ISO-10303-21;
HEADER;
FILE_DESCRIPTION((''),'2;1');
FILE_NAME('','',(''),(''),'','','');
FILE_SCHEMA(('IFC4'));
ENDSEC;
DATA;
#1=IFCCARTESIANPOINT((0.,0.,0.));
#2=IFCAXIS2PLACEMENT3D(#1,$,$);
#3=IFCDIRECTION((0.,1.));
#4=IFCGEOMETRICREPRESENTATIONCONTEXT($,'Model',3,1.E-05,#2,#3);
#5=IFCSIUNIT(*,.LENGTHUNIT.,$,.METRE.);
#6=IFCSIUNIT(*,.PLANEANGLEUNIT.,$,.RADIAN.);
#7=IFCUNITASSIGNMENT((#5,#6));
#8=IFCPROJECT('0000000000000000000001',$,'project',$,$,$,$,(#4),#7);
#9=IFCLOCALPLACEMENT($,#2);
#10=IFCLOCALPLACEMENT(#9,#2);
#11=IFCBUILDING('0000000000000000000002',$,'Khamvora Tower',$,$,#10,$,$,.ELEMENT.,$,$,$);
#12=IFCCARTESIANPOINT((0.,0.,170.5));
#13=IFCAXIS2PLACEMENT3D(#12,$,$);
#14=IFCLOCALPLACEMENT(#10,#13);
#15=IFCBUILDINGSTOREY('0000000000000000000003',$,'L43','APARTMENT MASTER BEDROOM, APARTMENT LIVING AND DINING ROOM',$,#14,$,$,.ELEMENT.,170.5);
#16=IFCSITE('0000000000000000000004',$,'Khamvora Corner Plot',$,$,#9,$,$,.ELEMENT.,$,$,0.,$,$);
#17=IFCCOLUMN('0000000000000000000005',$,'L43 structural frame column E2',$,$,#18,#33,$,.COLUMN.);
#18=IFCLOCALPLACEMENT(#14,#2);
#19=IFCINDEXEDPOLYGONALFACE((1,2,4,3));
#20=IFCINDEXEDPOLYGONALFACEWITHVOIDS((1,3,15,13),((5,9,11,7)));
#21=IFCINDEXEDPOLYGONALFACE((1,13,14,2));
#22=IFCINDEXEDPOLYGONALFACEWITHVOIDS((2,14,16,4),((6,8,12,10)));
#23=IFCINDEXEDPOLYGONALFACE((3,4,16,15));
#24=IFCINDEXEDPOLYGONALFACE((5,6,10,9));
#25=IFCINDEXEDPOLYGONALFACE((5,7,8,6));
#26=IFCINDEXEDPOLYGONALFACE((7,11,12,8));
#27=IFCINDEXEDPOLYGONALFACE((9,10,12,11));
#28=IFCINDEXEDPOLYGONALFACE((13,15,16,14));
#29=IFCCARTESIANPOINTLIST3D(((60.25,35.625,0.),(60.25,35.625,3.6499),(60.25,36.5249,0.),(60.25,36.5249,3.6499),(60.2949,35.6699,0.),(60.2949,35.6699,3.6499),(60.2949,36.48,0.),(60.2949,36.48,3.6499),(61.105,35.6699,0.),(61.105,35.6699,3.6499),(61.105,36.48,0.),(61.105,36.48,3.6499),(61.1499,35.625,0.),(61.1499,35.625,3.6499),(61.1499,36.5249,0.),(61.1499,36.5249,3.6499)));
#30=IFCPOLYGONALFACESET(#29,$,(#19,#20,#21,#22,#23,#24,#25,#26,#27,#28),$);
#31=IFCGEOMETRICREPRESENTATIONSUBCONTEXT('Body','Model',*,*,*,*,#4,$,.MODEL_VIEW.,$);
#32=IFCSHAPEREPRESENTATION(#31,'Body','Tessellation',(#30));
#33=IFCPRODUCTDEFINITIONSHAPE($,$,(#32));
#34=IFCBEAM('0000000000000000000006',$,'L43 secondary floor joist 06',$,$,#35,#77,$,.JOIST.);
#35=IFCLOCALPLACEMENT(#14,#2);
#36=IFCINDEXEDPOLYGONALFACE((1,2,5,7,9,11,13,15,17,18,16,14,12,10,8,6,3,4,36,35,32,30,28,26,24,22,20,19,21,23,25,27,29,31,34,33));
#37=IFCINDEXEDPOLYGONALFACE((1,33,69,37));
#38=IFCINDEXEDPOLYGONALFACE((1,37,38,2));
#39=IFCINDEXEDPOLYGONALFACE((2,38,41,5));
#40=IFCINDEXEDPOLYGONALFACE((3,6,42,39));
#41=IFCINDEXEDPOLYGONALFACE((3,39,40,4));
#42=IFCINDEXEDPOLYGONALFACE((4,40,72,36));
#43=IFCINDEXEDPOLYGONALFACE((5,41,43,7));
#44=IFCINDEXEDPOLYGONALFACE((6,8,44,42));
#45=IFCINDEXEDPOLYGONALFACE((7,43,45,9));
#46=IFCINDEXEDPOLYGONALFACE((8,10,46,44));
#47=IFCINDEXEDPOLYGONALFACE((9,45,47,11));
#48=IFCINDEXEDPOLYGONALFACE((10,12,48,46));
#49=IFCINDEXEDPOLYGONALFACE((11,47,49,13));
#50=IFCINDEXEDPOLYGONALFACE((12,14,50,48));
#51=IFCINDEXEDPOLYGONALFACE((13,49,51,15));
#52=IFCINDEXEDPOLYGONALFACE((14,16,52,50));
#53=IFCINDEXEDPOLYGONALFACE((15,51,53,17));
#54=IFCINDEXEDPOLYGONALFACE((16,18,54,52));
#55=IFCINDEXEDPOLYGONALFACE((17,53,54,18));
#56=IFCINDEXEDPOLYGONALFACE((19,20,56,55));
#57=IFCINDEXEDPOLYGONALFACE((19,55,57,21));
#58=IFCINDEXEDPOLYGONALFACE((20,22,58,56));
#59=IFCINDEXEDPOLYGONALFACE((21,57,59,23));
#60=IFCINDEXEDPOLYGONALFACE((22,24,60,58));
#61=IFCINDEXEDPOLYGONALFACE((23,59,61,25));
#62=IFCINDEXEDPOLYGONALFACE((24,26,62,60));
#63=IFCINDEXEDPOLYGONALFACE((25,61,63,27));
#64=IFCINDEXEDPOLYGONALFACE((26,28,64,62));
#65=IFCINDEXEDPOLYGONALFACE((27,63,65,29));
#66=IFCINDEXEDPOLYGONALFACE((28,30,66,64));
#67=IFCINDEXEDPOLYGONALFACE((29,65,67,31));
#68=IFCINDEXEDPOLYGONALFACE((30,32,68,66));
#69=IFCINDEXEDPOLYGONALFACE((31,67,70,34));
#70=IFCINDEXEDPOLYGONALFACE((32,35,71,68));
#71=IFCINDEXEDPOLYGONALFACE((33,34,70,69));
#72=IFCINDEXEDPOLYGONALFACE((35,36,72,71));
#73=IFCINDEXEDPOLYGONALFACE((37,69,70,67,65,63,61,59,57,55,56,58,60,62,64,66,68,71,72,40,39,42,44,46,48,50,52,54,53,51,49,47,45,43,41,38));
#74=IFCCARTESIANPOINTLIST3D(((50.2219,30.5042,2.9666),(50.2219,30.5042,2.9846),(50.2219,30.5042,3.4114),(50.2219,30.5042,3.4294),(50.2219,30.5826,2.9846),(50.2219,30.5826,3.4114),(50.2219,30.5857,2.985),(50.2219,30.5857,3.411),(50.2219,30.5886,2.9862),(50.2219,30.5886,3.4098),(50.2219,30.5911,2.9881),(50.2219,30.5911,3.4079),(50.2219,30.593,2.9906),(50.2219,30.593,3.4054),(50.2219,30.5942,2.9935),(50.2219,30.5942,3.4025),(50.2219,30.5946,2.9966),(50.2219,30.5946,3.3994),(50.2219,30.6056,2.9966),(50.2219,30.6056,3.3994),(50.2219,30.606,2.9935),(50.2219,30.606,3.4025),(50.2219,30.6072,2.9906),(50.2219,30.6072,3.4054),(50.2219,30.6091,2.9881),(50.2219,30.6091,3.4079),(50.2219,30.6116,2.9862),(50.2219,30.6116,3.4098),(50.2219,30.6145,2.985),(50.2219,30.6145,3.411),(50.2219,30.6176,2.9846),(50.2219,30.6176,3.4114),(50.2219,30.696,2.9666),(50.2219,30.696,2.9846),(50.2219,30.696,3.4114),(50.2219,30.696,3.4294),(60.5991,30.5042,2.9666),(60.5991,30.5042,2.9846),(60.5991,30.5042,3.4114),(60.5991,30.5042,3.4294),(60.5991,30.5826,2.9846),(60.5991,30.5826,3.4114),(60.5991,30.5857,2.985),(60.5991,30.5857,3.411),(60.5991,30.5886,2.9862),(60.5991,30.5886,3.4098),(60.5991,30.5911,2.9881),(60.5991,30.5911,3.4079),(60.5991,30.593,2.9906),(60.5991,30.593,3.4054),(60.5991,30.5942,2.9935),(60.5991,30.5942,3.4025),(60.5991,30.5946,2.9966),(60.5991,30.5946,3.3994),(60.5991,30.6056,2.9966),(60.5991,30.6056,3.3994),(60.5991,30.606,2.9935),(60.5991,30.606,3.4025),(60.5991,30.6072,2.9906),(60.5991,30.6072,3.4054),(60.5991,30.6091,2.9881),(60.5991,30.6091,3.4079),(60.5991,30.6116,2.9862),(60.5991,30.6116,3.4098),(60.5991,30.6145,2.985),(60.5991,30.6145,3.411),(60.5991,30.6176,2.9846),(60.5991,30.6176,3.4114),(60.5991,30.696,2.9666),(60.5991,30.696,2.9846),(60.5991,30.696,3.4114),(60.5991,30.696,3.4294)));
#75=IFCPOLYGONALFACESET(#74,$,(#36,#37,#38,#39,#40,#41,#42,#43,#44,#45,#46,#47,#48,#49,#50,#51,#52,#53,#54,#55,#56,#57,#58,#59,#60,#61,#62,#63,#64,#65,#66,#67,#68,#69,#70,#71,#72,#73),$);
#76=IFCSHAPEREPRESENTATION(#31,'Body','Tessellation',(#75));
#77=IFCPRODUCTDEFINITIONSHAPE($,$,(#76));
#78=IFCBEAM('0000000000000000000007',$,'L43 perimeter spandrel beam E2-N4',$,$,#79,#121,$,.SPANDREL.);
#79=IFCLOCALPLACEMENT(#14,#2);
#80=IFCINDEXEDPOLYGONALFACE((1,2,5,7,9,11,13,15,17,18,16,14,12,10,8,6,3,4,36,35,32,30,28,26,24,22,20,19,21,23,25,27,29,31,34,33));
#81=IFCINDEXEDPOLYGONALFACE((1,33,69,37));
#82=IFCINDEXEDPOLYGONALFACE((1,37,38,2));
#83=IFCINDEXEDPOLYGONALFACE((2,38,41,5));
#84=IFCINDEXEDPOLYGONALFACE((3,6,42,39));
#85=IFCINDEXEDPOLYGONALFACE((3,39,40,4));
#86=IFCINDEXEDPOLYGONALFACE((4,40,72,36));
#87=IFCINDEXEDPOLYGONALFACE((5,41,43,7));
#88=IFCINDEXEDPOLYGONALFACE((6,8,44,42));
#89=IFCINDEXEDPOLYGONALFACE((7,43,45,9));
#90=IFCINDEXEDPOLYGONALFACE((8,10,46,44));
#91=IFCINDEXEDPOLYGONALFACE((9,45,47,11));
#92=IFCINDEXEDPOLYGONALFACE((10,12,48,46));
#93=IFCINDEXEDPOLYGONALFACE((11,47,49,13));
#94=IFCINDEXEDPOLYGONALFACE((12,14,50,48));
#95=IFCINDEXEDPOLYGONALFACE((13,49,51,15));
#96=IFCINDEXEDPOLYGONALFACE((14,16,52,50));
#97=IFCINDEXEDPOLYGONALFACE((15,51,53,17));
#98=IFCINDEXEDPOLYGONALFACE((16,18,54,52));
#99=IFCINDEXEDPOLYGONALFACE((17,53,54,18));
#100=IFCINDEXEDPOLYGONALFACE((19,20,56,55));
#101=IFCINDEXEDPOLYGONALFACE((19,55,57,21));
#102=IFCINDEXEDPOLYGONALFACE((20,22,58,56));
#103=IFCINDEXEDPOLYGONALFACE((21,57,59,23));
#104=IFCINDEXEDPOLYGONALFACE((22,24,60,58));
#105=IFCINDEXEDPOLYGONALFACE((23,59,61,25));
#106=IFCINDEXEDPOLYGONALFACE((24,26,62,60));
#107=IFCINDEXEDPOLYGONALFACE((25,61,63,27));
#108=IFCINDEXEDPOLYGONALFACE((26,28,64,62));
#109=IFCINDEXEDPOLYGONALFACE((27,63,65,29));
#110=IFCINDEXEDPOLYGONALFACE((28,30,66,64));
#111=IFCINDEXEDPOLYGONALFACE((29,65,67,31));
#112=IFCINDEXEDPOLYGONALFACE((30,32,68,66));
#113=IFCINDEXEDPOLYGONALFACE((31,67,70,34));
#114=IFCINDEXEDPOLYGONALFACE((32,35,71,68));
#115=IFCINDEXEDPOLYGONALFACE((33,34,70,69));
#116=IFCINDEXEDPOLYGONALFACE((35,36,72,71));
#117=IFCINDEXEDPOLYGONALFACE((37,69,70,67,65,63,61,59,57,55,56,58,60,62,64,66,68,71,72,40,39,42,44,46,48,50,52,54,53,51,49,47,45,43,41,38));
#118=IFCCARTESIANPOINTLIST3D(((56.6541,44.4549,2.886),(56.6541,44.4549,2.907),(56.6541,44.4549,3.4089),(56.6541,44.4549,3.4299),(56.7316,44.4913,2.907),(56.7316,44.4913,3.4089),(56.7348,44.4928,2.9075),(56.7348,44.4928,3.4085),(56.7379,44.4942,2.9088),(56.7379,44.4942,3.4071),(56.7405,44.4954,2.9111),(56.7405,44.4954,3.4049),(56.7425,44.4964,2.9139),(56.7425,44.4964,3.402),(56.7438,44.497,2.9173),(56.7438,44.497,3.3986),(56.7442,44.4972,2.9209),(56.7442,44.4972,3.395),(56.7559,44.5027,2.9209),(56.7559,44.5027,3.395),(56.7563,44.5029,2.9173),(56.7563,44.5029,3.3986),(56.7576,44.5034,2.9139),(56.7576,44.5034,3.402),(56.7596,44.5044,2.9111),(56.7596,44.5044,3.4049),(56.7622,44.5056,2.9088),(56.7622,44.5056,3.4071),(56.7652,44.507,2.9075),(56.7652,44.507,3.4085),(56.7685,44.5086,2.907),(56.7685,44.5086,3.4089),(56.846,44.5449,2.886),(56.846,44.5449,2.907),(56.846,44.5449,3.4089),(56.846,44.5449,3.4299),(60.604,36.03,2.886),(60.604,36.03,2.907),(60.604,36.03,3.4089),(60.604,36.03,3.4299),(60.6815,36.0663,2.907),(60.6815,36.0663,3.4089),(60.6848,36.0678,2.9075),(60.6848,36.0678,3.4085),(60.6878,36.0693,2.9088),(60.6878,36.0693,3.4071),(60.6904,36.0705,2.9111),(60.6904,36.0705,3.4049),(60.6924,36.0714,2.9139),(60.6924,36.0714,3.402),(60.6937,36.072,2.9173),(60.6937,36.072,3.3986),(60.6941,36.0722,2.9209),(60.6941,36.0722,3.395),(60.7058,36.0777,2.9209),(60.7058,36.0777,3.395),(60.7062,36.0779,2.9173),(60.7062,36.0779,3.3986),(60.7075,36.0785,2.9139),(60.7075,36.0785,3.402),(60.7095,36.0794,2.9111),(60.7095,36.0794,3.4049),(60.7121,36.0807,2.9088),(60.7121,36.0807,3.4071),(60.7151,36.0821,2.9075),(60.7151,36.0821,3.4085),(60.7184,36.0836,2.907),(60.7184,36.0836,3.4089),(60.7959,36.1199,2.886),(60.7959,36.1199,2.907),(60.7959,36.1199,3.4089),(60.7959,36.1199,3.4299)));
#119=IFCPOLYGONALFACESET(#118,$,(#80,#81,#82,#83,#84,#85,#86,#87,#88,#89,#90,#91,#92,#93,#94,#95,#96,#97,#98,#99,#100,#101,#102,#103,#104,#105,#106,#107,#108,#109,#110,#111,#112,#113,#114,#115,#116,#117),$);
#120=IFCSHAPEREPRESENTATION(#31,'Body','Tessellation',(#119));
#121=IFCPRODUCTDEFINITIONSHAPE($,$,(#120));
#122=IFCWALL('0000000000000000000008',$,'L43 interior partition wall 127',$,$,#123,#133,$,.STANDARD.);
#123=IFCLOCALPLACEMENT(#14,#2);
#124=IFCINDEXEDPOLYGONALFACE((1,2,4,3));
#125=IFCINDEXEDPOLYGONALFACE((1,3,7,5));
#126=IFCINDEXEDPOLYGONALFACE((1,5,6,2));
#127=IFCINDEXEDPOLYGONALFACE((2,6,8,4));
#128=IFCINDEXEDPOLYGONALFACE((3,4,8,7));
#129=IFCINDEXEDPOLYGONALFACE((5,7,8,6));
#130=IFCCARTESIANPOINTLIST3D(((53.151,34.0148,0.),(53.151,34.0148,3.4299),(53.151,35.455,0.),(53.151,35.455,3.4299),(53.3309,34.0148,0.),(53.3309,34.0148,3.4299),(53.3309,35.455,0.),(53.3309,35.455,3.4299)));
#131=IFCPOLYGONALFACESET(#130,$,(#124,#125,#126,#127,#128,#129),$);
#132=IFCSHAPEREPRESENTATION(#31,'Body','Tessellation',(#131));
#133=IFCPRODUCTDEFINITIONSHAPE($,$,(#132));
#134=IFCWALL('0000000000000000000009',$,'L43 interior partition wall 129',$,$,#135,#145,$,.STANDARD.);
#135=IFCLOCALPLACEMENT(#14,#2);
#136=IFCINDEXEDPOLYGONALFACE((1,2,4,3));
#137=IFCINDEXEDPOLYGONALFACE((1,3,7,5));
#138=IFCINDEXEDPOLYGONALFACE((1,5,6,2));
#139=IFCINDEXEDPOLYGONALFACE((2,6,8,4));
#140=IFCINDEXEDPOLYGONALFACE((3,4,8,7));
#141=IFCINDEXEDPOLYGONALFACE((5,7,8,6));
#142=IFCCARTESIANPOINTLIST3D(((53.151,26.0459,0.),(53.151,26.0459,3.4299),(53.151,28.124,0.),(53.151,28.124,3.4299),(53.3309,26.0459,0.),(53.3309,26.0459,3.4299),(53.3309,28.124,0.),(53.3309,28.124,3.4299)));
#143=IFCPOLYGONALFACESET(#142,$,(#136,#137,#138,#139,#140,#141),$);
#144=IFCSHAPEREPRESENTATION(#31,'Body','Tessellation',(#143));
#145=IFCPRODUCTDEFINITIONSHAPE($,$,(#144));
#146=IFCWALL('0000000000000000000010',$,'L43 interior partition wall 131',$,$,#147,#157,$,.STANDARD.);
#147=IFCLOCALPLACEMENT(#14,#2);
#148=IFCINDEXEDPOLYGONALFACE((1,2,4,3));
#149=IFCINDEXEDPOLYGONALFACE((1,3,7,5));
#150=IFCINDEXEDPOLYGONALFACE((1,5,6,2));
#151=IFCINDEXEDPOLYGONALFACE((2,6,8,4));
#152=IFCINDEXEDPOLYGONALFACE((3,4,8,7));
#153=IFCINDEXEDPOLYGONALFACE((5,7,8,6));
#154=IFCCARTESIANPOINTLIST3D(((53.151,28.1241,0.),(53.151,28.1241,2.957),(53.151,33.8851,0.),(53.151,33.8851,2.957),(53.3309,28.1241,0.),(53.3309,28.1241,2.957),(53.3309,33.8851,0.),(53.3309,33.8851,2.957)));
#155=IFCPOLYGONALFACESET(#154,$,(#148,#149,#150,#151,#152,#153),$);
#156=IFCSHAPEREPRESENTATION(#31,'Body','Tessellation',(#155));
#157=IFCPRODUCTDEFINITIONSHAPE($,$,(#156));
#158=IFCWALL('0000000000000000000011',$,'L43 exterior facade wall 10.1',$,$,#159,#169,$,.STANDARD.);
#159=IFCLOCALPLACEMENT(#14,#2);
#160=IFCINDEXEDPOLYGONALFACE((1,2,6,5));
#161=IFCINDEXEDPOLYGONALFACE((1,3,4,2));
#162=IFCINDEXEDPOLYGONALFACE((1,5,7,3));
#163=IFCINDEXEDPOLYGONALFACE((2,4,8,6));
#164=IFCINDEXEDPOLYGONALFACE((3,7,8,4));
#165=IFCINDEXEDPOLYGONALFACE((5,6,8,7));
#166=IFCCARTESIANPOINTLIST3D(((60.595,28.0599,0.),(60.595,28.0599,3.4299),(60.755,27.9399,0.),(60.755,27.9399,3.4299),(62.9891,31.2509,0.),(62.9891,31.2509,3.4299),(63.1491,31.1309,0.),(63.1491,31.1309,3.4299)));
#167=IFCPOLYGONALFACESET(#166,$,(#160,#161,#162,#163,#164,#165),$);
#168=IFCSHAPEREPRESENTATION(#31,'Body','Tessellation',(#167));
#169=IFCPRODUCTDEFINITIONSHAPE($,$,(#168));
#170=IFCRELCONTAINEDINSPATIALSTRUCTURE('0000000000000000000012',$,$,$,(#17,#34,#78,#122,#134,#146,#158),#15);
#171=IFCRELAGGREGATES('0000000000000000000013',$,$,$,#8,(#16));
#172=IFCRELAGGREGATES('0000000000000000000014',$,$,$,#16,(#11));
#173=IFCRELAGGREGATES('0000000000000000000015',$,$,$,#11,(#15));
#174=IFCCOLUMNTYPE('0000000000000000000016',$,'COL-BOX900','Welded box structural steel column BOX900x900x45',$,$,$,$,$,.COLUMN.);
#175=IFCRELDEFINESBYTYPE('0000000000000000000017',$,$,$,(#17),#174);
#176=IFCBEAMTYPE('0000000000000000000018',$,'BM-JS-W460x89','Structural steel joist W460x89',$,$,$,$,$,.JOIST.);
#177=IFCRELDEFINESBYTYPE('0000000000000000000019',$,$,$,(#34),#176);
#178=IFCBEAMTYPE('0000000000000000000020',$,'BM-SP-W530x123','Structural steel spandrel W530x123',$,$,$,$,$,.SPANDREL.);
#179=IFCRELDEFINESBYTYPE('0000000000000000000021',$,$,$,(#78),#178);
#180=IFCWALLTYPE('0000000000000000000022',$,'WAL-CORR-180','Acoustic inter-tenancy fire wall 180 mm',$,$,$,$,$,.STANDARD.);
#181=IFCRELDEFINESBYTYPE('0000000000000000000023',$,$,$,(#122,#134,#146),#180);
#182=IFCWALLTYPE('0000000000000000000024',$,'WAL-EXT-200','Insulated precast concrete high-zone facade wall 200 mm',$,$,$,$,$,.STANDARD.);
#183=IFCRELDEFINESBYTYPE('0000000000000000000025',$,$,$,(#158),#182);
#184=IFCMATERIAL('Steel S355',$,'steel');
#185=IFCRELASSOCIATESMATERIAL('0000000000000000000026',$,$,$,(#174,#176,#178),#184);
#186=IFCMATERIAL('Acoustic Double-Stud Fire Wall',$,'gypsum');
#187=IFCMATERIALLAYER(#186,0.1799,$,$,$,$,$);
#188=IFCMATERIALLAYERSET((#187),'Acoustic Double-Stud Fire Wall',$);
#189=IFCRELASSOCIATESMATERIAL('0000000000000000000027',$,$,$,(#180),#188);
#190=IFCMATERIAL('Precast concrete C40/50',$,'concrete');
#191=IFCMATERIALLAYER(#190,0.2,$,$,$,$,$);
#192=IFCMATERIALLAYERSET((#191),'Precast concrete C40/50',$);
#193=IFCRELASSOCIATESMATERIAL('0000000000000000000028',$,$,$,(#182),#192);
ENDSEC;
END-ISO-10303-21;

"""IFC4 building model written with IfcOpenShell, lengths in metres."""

from ifc_helpers import new_model, si_unit, direction, frame, frame_2d, origin, origin_2d, place, context, subcontext, project, spatial, rectangle, hollow_rectangle, i_section, extrude, material, layer, layer_set, material_profile, profile_set, type_object, element, save


model = new_model("IFC4")

# Units and contexts
model_context = context("Model", 3, precision=1e-05, world=origin(), true_north=direction((0.0, 1.0)))
body_context = subcontext(model_context, "Body", "Model", "MODEL_VIEW")
ifc_project = project(units=[si_unit("LENGTHUNIT", "METRE"), si_unit("PLANEANGLEUNIT", "RADIAN")], contexts=[model_context])

# Site, building, storey
site_placement = place(None, origin())
site = spatial("IfcSite", under=ifc_project, at=site_placement, Name="Khamvora Corner Plot", CompositionType="ELEMENT", RefElevation=0.0)
building_placement = place(site_placement, origin())
building = spatial("IfcBuilding", under=site, at=building_placement, Name="Khamvora Tower", CompositionType="ELEMENT")
storey_placement = place(building_placement, frame((0.0, 0.0, 170.5)))
storey = spatial("IfcBuildingStorey", under=building, at=storey_placement, Name="L43", Description="APARTMENT MASTER BEDROOM, APARTMENT LIVING AND DINING ROOM", CompositionType="ELEMENT", Elevation=170.5)

# Column
ifc_material_1 = material(Name="Steel S355", Category="steel")
ifc_material_profile_1 = material_profile(ifc_material_1, hollow_rectangle(XDim=0.8999, YDim=0.8999, WallThickness=0.0449, at=origin_2d()), Name="BOX900x900x45")
ifc_profile_set_1 = profile_set([ifc_material_profile_1], Name="Steel S355")
column_type = type_object("IfcColumnType", Name="COL-BOX900", Description="Welded box structural steel column BOX900x900x45", PredefinedType="COLUMN", material=ifc_profile_set_1)
column_placement = place(storey_placement, frame((60.7, 36.075, 0.0), z_axis=(0.0, 0.0, 1.0), x_axis=(1.0, 0.0, 0.0)))
element("IfcColumn", 1, at=column_placement, inside=storey, type_object=column_type, Name="L43 structural frame column E2", PredefinedType="COLUMN", context=body_context, shape_type="SweptSolid", body=[
    extrude(hollow_rectangle(XDim=0.8999, YDim=0.8999, WallThickness=0.0449, at=origin_2d()), origin(), (0.0, 0.0, 1.0), 3.6499),
])

# Beams
ifc_material_profile_2 = material_profile(ifc_material_1, i_section(OverallWidth=0.1919, OverallDepth=0.4629, WebThickness=0.011, FlangeThickness=0.0181, FilletRadius=0.012, at=origin_2d()), Name="W460x89")
ifc_profile_set_2 = profile_set([ifc_material_profile_2], Name="Steel S355")
beam_type_1 = type_object("IfcBeamType", Name="BM-JS-W460x89", Description="Structural steel joist W460x89", PredefinedType="JOIST", material=ifc_profile_set_2)
beam_1_placement = place(storey_placement, frame((50.2219, 30.6001, 3.198), z_axis=(1.0, 0.0, 0.0), x_axis=(0.0, 1.0, 0.0)))
element("IfcBeam", 2, at=beam_1_placement, inside=storey, type_object=beam_type_1, Name="L43 secondary floor joist 06", PredefinedType="JOIST", context=body_context, shape_type="SweptSolid", body=[
    extrude(i_section(OverallWidth=0.1919, OverallDepth=0.4629, WebThickness=0.011, FlangeThickness=0.0181, FilletRadius=0.012, at=origin_2d()), origin(), (0.0, 0.0, 1.0), 10.3772),
])
ifc_material_profile_3 = material_profile(ifc_material_1, i_section(OverallWidth=0.2119, OverallDepth=0.5439, WebThickness=0.0129, FlangeThickness=0.021, FilletRadius=0.0139, at=origin_2d()), Name="W530x123")
ifc_profile_set_3 = profile_set([ifc_material_profile_3], Name="Steel S355")
beam_type_2 = type_object("IfcBeamType", Name="BM-SP-W530x123", Description="Structural steel spandrel W530x123", PredefinedType="SPANDREL", material=ifc_profile_set_3)
beam_2_placement = place(storey_placement, frame((60.7, 36.075, 3.158), z_axis=(-0.424496, 0.90543, 0.0), x_axis=(-0.90543, -0.424496, 0.0)))
element("IfcBeam", 3, at=beam_2_placement, inside=storey, type_object=beam_type_2, Name="L43 perimeter spandrel beam E2-N4", PredefinedType="SPANDREL", context=body_context, shape_type="SweptSolid", body=[
    extrude(i_section(OverallWidth=0.2119, OverallDepth=0.5439, WebThickness=0.0129, FlangeThickness=0.021, FilletRadius=0.0139, at=origin_2d()), origin(), (0.0, 0.0, 1.0), 9.3049),
])

# Walls
ifc_material_2 = material(Name="Acoustic Double-Stud Fire Wall", Category="gypsum")
ifc_layer_1 = layer(ifc_material_2, 0.1799)
ifc_layer_set_1 = layer_set([ifc_layer_1], Name="Acoustic Double-Stud Fire Wall")
wall_type_1 = type_object("IfcWallType", Name="WAL-CORR-180", Description="Acoustic inter-tenancy fire wall 180 mm", PredefinedType="STANDARD", material=ifc_layer_set_1)
wall_1_placement = place(storey_placement, frame((53.241, 35.4551, 0.0), z_axis=(0.0, 0.0, 1.0), x_axis=(0.0, -1.0, 0.0)))
element("IfcWall", 4, at=wall_1_placement, inside=storey, type_object=wall_type_1, Name="L43 interior partition wall 127", PredefinedType="STANDARD", context=body_context, shape_type="SweptSolid", body=[
    extrude(rectangle(XDim=1.4402, YDim=0.1799, at=frame_2d((0.7202, 0.0))), origin(), (0.0, 0.0, 1.0), 3.4299),
])
wall_2_placement = place(storey_placement, frame((53.241, 28.124, 0.0), z_axis=(0.0, 0.0, 1.0), x_axis=(0.0, -1.0, 0.0)))
element("IfcWall", 5, at=wall_2_placement, inside=storey, type_object=wall_type_1, Name="L43 interior partition wall 129", PredefinedType="STANDARD", context=body_context, shape_type="SweptSolid", body=[
    extrude(rectangle(XDim=2.0781, YDim=0.1799, at=frame_2d((1.0391, 0.0))), origin(), (0.0, 0.0, 1.0), 3.4299),
])
wall_3_placement = place(storey_placement, frame((53.241, 33.885, 0.0), z_axis=(0.0, 0.0, 1.0), x_axis=(0.0, -1.0, 0.0)))
element("IfcWall", 6, at=wall_3_placement, inside=storey, type_object=wall_type_1, Name="L43 interior partition wall 131", PredefinedType="STANDARD", context=body_context, shape_type="SweptSolid", body=[
    extrude(rectangle(XDim=5.761, YDim=0.1799, at=frame_2d((2.8804, 0.0))), origin(), (0.0, 0.0, 1.0), 2.957),
])
ifc_material_3 = material(Name="Precast concrete C40/50", Category="concrete")
ifc_layer_2 = layer(ifc_material_3, 0.2)
ifc_layer_set_2 = layer_set([ifc_layer_2], Name="Precast concrete C40/50")
wall_type_2 = type_object("IfcWallType", Name="WAL-EXT-200", Description="Insulated precast concrete high-zone facade wall 200 mm", PredefinedType="STANDARD", material=ifc_layer_set_2)
wall_4_placement = place(storey_placement, frame((63.0691, 31.1909, 0.0), z_axis=(0.0, 0.0, 1.0), x_axis=(-0.600137, -0.799897, 0.0)))
element("IfcWall", 7, at=wall_4_placement, inside=storey, type_object=wall_type_2, Name="L43 exterior facade wall 10.1", PredefinedType="STANDARD", context=body_context, shape_type="SweptSolid", body=[
    extrude(rectangle(XDim=3.9893, YDim=0.2, at=frame_2d((1.9946, 0.0))), origin(), (0.0, 0.0, 1.0), 3.4299),
])

save(model, "model.ifc")
